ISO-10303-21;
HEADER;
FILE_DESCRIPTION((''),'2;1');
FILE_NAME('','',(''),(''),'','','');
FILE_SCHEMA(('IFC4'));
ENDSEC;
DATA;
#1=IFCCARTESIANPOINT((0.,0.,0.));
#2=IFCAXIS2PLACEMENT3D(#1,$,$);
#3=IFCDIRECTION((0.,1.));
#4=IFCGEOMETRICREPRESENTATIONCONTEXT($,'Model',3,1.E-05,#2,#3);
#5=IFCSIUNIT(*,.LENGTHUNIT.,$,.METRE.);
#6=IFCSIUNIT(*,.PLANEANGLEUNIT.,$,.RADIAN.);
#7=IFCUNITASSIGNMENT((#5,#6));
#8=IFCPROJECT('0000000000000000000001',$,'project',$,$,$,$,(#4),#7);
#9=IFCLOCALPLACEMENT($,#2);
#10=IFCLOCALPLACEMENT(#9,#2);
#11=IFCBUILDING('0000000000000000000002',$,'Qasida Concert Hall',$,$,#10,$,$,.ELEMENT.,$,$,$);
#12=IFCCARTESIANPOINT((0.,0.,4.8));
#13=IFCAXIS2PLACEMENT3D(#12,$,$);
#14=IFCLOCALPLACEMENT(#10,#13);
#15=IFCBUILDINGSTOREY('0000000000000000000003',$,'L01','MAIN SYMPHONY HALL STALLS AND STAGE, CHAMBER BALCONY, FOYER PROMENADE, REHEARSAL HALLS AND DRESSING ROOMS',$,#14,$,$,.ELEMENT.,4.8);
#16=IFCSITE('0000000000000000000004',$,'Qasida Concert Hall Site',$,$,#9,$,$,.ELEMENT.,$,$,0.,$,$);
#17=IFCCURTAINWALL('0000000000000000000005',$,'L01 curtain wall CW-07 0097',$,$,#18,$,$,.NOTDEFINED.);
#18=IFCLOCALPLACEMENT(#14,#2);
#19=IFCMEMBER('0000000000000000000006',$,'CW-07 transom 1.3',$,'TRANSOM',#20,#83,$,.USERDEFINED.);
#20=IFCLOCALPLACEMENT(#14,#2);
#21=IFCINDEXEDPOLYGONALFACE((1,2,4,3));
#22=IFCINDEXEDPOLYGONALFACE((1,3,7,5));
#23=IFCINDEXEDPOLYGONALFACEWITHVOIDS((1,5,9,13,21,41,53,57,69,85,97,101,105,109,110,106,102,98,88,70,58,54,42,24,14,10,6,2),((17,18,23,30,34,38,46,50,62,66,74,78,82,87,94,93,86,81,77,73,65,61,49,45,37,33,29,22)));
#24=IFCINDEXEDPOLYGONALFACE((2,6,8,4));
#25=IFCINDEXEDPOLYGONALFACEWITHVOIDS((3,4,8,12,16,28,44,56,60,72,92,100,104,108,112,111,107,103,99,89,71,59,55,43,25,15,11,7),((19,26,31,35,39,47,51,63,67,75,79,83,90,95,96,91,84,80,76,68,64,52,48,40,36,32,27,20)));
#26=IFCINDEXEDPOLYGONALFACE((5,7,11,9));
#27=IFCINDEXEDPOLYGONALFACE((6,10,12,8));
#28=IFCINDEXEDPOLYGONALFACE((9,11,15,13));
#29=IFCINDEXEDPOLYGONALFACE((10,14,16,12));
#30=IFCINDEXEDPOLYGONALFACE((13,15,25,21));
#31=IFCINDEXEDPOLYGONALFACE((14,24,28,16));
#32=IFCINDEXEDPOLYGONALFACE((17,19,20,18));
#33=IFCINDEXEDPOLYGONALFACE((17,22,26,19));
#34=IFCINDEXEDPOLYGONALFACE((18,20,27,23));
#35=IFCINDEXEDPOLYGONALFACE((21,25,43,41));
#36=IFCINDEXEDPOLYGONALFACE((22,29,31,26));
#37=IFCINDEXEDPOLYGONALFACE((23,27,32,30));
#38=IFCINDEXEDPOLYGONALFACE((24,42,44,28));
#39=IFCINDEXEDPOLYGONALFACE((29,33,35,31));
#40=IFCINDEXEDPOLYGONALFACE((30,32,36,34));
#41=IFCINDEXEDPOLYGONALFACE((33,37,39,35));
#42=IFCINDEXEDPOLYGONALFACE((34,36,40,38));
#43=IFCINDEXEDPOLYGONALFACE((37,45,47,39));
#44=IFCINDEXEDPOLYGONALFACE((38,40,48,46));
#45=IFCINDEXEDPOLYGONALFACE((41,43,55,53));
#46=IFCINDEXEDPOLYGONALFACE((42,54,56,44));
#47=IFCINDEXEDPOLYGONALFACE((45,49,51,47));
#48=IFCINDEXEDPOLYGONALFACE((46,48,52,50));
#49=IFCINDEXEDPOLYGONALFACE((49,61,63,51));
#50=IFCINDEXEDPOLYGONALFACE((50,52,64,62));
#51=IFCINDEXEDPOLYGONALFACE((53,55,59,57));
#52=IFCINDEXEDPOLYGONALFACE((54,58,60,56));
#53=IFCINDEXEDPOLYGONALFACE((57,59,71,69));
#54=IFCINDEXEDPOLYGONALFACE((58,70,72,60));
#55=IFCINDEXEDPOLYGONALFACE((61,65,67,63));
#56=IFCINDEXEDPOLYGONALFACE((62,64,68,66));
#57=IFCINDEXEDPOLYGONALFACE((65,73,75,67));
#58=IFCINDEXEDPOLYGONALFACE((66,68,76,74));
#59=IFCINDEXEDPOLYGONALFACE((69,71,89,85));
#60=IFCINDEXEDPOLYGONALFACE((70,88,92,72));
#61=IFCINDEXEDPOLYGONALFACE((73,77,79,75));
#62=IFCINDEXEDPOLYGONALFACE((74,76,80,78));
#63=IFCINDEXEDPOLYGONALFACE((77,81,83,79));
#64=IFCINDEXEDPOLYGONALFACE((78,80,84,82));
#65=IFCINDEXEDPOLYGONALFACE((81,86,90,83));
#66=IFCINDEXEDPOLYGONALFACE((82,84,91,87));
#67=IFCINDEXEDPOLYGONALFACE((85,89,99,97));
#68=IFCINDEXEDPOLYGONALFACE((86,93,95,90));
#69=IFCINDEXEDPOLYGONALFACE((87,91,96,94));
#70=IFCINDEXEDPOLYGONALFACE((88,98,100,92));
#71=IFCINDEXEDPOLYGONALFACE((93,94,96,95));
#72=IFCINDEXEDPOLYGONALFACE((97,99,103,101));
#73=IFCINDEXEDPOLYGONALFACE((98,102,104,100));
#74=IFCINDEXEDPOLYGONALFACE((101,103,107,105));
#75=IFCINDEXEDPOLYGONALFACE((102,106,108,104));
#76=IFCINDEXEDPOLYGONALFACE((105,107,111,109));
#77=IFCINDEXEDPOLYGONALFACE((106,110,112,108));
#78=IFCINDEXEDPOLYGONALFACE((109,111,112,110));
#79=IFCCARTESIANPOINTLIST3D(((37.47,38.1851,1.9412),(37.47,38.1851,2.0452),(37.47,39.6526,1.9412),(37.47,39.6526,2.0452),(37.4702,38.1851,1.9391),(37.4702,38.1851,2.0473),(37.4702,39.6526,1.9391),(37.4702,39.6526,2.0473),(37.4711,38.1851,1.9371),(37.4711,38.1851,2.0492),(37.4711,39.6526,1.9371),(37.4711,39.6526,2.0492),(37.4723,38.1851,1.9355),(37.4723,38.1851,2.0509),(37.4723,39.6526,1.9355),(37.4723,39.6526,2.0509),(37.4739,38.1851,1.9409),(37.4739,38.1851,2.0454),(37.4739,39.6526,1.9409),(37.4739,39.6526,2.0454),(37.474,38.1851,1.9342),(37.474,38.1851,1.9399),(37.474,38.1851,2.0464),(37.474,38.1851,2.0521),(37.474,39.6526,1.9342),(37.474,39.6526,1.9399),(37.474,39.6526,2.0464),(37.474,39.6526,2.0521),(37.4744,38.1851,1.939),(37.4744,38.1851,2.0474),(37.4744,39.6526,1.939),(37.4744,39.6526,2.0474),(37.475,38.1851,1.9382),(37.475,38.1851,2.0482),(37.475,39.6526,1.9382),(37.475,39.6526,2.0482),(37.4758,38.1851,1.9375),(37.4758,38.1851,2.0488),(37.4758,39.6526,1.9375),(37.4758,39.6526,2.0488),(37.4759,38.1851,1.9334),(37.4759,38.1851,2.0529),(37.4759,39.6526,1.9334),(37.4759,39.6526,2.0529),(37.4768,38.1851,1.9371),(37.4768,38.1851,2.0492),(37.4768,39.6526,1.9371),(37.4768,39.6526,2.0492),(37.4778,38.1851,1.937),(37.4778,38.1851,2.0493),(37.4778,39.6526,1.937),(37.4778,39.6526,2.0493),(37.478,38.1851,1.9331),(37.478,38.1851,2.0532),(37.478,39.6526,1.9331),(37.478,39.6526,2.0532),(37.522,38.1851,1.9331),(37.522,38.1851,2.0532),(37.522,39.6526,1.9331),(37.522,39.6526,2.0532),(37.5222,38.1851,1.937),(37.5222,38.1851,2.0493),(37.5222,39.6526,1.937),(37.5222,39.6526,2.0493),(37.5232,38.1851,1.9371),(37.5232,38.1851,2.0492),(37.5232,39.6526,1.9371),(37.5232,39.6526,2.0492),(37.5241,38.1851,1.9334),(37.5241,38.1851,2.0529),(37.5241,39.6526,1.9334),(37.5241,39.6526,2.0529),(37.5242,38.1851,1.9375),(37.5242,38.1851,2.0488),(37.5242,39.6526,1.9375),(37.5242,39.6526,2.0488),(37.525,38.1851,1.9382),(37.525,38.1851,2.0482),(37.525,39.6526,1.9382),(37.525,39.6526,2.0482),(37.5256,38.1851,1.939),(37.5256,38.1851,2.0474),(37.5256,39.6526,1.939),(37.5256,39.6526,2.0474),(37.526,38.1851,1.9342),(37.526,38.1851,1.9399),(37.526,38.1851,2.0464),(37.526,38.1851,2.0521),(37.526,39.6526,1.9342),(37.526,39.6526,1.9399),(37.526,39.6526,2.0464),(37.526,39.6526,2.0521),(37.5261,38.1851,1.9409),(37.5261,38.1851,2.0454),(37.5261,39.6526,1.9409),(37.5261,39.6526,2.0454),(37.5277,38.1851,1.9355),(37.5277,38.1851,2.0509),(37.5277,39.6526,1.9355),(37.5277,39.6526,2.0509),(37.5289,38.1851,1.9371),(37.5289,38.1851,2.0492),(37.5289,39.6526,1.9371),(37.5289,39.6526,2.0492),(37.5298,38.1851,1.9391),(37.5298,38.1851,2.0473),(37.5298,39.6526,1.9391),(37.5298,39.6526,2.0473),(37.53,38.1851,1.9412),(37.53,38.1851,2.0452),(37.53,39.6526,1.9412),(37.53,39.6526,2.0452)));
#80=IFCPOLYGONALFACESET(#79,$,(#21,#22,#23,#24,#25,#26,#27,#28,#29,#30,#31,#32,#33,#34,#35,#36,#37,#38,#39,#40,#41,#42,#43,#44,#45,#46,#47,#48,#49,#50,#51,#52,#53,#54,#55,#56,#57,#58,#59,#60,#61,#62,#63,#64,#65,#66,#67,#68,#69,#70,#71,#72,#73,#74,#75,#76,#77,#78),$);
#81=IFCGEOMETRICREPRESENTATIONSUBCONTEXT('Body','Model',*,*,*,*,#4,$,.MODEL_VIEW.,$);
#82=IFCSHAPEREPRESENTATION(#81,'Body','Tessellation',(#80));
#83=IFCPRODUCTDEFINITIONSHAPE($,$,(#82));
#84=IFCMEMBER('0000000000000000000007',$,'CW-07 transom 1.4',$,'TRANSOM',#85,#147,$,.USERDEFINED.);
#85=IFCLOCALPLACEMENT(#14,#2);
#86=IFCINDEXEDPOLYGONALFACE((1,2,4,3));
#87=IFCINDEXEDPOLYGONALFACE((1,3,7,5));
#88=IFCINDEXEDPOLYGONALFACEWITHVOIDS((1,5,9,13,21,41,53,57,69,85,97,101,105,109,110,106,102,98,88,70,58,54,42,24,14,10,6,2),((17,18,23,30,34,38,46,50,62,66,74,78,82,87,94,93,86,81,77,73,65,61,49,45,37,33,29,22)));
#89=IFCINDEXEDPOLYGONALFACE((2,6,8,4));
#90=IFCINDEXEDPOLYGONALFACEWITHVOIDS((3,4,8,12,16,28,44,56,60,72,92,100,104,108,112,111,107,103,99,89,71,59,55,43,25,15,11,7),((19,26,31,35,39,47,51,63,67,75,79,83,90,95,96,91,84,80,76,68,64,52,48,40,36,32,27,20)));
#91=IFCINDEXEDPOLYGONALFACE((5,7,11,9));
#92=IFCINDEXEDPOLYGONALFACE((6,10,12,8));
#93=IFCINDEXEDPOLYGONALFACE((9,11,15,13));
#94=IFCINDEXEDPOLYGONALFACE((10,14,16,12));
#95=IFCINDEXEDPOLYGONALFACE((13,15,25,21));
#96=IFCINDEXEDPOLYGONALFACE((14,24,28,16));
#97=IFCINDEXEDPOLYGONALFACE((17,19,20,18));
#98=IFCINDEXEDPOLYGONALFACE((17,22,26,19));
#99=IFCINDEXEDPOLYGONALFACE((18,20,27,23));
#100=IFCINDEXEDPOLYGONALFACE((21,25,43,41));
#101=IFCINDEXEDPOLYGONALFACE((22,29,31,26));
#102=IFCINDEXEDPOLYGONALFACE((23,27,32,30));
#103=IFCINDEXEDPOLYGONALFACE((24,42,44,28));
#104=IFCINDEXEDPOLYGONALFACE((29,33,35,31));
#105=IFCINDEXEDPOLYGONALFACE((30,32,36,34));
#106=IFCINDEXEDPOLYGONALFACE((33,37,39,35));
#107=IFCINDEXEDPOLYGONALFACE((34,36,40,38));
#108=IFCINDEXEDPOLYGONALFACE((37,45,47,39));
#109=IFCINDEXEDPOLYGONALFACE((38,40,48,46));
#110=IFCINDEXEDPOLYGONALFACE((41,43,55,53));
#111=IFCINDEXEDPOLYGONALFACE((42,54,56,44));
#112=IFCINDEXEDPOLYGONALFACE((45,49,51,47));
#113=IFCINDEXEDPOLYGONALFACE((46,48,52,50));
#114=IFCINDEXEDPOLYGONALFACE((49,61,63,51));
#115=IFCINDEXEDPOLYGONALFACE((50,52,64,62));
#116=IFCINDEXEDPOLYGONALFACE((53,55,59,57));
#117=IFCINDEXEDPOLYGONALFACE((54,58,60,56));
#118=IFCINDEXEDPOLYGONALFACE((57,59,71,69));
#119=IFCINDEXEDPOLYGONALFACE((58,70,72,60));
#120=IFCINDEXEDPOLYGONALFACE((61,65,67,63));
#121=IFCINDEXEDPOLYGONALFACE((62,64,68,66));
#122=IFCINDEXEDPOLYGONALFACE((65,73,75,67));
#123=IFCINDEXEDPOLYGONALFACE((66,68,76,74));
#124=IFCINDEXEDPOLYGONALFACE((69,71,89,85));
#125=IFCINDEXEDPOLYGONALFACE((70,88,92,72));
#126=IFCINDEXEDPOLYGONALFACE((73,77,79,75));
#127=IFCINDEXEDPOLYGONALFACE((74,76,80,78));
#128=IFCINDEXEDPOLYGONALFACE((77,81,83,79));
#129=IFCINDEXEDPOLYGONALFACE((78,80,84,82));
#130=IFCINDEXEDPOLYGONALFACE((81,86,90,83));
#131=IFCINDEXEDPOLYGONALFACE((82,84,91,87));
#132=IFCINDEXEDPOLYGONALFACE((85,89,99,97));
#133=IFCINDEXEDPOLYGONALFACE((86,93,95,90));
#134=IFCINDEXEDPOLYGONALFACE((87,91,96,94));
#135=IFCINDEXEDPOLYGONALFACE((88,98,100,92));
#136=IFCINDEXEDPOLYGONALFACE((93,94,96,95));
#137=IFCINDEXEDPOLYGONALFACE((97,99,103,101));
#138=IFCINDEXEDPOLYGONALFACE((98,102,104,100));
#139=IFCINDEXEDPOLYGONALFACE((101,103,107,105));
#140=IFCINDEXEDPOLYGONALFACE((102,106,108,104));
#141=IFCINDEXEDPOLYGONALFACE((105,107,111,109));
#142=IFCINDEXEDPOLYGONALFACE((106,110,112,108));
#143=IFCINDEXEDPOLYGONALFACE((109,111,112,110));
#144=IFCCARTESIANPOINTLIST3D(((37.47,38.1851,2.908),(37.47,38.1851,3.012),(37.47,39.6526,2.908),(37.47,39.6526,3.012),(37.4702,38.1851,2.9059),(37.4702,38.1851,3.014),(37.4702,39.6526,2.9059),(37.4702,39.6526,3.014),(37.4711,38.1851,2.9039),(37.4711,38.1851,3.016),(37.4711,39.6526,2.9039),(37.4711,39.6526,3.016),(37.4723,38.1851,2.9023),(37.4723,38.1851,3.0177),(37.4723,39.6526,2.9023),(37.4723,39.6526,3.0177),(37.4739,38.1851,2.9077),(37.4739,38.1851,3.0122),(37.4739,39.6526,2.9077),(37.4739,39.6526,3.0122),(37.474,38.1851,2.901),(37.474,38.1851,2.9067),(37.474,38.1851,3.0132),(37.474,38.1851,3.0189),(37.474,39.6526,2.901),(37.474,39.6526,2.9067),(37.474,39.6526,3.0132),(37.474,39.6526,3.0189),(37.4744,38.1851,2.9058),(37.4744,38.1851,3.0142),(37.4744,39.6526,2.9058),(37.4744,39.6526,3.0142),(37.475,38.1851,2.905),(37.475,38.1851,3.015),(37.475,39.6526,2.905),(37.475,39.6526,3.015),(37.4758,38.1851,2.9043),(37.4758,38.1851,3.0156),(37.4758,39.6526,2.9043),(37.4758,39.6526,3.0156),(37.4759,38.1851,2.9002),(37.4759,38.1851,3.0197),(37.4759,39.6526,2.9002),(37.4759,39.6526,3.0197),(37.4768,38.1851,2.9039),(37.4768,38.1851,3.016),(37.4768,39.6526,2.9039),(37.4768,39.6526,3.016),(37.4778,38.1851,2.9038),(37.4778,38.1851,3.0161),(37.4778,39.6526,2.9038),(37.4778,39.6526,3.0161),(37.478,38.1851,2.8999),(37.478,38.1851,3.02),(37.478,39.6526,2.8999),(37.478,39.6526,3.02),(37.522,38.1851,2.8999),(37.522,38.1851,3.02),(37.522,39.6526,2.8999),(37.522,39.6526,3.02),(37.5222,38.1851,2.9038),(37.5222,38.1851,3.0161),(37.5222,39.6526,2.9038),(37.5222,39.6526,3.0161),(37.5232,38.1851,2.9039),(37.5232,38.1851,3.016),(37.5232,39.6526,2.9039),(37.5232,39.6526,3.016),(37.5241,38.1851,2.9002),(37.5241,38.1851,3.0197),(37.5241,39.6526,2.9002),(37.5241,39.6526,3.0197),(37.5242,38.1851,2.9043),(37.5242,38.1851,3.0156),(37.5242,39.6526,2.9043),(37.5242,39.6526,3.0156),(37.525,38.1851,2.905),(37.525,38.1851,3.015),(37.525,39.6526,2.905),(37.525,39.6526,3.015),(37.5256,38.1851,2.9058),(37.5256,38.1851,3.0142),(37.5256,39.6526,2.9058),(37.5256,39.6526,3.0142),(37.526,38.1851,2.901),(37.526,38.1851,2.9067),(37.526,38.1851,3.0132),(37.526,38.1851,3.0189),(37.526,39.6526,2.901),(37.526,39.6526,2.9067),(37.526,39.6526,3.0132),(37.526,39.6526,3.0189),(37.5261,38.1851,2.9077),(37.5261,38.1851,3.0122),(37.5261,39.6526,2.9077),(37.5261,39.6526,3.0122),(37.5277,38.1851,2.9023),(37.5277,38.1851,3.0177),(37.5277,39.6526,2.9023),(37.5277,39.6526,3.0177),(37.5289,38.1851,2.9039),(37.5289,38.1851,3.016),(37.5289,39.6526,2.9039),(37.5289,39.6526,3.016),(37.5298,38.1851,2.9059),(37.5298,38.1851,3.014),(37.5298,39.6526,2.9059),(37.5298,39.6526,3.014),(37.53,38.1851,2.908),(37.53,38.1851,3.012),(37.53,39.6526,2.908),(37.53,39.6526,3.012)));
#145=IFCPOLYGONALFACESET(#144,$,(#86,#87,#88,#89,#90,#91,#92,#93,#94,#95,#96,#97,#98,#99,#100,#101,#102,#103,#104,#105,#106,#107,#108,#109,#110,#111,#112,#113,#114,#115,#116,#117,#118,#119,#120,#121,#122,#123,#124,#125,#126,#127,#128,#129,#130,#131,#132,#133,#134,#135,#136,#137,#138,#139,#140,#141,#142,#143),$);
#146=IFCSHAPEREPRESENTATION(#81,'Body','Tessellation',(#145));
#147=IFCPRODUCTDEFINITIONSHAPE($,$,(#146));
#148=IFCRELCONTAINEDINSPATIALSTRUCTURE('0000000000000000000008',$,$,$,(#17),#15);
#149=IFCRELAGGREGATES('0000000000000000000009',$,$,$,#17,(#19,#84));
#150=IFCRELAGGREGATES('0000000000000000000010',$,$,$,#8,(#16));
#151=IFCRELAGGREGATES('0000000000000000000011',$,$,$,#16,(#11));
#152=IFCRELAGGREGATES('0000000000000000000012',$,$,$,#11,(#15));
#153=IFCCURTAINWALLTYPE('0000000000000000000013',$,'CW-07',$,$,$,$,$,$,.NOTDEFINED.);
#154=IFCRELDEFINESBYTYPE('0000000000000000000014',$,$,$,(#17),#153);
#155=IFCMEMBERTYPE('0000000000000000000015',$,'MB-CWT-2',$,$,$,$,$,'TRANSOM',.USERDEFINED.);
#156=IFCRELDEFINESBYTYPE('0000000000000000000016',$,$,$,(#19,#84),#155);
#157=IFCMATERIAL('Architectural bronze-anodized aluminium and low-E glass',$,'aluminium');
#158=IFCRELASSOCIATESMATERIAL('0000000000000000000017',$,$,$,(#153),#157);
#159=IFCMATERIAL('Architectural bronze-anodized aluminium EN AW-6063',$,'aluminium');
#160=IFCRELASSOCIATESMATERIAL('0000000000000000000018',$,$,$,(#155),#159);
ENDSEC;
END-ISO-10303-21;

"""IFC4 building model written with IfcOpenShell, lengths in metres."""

from ifc_helpers import new_model, si_unit, direction, frame, origin, origin_2d, place, context, subcontext, project, spatial, hollow_rectangle, extrude, material, material_profile, profile_set, type_object, element, aggregate, save


model = new_model("IFC4")

# Units and contexts
model_context = context("Model", 3, precision=1e-05, world=origin(), true_north=direction((0.0, 1.0)))
body_context = subcontext(model_context, "Body", "Model", "MODEL_VIEW")
ifc_project = project(units=[si_unit("LENGTHUNIT", "METRE"), si_unit("PLANEANGLEUNIT", "RADIAN")], contexts=[model_context])

# Site, building, storey
site_placement = place(None, origin())
site = spatial("IfcSite", under=ifc_project, at=site_placement, Name="Qasida Concert Hall Site", CompositionType="ELEMENT", RefElevation=0.0)
building_placement = place(site_placement, origin())
building = spatial("IfcBuilding", under=site, at=building_placement, Name="Qasida Concert Hall", CompositionType="ELEMENT")
storey_placement = place(building_placement, frame((0.0, 0.0, 4.8)))
storey = spatial("IfcBuildingStorey", under=building, at=storey_placement, Name="L01", Description="MAIN SYMPHONY HALL STALLS AND STAGE, CHAMBER BALCONY, FOYER PROMENADE, REHEARSAL HALLS AND DRESSING ROOMS", CompositionType="ELEMENT", Elevation=4.8)

# Curtain wall, members
ifc_material_1 = material(Name="Architectural bronze-anodized aluminium and low-E glass", Category="aluminium")
curtain_wall_type = type_object("IfcCurtainWallType", Name="CW-07", PredefinedType="NOTDEFINED", material=ifc_material_1)
curtain_wall_placement = place(storey_placement, origin())
curtain_wall = element("IfcCurtainWall", 1, at=curtain_wall_placement, inside=storey, type_object=curtain_wall_type, Name="L01 curtain wall CW-07 0097", PredefinedType="NOTDEFINED")
ifc_material_2 = material(Name="Architectural bronze-anodized aluminium EN AW-6063", Category="aluminium")
ifc_material_profile_1 = material_profile(ifc_material_2, hollow_rectangle(XDim=0.0601, YDim=0.1201, WallThickness=0.0039, InnerFilletRadius=0.0039, OuterFilletRadius=0.0081, at=origin_2d()), Name="CWT 120x60x4")
ifc_profile_set_1 = profile_set([ifc_material_profile_1], Name="Architectural bronze-anodized aluminium EN AW-6063")
member_type_1 = type_object("IfcMemberType", Name="MB-CWT-2", ElementType="TRANSOM", PredefinedType="USERDEFINED", material=ifc_profile_set_1)
member_1_placement = place(storey_placement, frame((37.5, 38.1851, 1.9932), z_axis=(0.0, 1.0, 0.0), x_axis=(-1.0, 0.0, 0.0)))
member_1 = element("IfcMember", 2, at=member_1_placement, type_object=member_type_1, Name="CW-07 transom 1.3", ObjectType="TRANSOM", PredefinedType="USERDEFINED", context=body_context, shape_type="SweptSolid", body=[
    extrude(hollow_rectangle(XDim=0.0601, YDim=0.1201, WallThickness=0.0039, InnerFilletRadius=0.0039, OuterFilletRadius=0.0081, at=origin_2d()), origin(), (0.0, 0.0, 1.0), 1.4675),
])
member_2_placement = place(storey_placement, frame((37.5, 38.1851, 2.96), z_axis=(0.0, 1.0, 0.0), x_axis=(-1.0, 0.0, 0.0)))
member_2 = element("IfcMember", 3, at=member_2_placement, type_object=member_type_1, Name="CW-07 transom 1.4", ObjectType="TRANSOM", PredefinedType="USERDEFINED", context=body_context, shape_type="SweptSolid", body=[
    extrude(hollow_rectangle(XDim=0.0601, YDim=0.1201, WallThickness=0.0039, InnerFilletRadius=0.0039, OuterFilletRadius=0.0081, at=origin_2d()), origin(), (0.0, 0.0, 1.0), 1.4675),
])
aggregate(curtain_wall, [member_1, member_2])

save(model, "model.ifc")
